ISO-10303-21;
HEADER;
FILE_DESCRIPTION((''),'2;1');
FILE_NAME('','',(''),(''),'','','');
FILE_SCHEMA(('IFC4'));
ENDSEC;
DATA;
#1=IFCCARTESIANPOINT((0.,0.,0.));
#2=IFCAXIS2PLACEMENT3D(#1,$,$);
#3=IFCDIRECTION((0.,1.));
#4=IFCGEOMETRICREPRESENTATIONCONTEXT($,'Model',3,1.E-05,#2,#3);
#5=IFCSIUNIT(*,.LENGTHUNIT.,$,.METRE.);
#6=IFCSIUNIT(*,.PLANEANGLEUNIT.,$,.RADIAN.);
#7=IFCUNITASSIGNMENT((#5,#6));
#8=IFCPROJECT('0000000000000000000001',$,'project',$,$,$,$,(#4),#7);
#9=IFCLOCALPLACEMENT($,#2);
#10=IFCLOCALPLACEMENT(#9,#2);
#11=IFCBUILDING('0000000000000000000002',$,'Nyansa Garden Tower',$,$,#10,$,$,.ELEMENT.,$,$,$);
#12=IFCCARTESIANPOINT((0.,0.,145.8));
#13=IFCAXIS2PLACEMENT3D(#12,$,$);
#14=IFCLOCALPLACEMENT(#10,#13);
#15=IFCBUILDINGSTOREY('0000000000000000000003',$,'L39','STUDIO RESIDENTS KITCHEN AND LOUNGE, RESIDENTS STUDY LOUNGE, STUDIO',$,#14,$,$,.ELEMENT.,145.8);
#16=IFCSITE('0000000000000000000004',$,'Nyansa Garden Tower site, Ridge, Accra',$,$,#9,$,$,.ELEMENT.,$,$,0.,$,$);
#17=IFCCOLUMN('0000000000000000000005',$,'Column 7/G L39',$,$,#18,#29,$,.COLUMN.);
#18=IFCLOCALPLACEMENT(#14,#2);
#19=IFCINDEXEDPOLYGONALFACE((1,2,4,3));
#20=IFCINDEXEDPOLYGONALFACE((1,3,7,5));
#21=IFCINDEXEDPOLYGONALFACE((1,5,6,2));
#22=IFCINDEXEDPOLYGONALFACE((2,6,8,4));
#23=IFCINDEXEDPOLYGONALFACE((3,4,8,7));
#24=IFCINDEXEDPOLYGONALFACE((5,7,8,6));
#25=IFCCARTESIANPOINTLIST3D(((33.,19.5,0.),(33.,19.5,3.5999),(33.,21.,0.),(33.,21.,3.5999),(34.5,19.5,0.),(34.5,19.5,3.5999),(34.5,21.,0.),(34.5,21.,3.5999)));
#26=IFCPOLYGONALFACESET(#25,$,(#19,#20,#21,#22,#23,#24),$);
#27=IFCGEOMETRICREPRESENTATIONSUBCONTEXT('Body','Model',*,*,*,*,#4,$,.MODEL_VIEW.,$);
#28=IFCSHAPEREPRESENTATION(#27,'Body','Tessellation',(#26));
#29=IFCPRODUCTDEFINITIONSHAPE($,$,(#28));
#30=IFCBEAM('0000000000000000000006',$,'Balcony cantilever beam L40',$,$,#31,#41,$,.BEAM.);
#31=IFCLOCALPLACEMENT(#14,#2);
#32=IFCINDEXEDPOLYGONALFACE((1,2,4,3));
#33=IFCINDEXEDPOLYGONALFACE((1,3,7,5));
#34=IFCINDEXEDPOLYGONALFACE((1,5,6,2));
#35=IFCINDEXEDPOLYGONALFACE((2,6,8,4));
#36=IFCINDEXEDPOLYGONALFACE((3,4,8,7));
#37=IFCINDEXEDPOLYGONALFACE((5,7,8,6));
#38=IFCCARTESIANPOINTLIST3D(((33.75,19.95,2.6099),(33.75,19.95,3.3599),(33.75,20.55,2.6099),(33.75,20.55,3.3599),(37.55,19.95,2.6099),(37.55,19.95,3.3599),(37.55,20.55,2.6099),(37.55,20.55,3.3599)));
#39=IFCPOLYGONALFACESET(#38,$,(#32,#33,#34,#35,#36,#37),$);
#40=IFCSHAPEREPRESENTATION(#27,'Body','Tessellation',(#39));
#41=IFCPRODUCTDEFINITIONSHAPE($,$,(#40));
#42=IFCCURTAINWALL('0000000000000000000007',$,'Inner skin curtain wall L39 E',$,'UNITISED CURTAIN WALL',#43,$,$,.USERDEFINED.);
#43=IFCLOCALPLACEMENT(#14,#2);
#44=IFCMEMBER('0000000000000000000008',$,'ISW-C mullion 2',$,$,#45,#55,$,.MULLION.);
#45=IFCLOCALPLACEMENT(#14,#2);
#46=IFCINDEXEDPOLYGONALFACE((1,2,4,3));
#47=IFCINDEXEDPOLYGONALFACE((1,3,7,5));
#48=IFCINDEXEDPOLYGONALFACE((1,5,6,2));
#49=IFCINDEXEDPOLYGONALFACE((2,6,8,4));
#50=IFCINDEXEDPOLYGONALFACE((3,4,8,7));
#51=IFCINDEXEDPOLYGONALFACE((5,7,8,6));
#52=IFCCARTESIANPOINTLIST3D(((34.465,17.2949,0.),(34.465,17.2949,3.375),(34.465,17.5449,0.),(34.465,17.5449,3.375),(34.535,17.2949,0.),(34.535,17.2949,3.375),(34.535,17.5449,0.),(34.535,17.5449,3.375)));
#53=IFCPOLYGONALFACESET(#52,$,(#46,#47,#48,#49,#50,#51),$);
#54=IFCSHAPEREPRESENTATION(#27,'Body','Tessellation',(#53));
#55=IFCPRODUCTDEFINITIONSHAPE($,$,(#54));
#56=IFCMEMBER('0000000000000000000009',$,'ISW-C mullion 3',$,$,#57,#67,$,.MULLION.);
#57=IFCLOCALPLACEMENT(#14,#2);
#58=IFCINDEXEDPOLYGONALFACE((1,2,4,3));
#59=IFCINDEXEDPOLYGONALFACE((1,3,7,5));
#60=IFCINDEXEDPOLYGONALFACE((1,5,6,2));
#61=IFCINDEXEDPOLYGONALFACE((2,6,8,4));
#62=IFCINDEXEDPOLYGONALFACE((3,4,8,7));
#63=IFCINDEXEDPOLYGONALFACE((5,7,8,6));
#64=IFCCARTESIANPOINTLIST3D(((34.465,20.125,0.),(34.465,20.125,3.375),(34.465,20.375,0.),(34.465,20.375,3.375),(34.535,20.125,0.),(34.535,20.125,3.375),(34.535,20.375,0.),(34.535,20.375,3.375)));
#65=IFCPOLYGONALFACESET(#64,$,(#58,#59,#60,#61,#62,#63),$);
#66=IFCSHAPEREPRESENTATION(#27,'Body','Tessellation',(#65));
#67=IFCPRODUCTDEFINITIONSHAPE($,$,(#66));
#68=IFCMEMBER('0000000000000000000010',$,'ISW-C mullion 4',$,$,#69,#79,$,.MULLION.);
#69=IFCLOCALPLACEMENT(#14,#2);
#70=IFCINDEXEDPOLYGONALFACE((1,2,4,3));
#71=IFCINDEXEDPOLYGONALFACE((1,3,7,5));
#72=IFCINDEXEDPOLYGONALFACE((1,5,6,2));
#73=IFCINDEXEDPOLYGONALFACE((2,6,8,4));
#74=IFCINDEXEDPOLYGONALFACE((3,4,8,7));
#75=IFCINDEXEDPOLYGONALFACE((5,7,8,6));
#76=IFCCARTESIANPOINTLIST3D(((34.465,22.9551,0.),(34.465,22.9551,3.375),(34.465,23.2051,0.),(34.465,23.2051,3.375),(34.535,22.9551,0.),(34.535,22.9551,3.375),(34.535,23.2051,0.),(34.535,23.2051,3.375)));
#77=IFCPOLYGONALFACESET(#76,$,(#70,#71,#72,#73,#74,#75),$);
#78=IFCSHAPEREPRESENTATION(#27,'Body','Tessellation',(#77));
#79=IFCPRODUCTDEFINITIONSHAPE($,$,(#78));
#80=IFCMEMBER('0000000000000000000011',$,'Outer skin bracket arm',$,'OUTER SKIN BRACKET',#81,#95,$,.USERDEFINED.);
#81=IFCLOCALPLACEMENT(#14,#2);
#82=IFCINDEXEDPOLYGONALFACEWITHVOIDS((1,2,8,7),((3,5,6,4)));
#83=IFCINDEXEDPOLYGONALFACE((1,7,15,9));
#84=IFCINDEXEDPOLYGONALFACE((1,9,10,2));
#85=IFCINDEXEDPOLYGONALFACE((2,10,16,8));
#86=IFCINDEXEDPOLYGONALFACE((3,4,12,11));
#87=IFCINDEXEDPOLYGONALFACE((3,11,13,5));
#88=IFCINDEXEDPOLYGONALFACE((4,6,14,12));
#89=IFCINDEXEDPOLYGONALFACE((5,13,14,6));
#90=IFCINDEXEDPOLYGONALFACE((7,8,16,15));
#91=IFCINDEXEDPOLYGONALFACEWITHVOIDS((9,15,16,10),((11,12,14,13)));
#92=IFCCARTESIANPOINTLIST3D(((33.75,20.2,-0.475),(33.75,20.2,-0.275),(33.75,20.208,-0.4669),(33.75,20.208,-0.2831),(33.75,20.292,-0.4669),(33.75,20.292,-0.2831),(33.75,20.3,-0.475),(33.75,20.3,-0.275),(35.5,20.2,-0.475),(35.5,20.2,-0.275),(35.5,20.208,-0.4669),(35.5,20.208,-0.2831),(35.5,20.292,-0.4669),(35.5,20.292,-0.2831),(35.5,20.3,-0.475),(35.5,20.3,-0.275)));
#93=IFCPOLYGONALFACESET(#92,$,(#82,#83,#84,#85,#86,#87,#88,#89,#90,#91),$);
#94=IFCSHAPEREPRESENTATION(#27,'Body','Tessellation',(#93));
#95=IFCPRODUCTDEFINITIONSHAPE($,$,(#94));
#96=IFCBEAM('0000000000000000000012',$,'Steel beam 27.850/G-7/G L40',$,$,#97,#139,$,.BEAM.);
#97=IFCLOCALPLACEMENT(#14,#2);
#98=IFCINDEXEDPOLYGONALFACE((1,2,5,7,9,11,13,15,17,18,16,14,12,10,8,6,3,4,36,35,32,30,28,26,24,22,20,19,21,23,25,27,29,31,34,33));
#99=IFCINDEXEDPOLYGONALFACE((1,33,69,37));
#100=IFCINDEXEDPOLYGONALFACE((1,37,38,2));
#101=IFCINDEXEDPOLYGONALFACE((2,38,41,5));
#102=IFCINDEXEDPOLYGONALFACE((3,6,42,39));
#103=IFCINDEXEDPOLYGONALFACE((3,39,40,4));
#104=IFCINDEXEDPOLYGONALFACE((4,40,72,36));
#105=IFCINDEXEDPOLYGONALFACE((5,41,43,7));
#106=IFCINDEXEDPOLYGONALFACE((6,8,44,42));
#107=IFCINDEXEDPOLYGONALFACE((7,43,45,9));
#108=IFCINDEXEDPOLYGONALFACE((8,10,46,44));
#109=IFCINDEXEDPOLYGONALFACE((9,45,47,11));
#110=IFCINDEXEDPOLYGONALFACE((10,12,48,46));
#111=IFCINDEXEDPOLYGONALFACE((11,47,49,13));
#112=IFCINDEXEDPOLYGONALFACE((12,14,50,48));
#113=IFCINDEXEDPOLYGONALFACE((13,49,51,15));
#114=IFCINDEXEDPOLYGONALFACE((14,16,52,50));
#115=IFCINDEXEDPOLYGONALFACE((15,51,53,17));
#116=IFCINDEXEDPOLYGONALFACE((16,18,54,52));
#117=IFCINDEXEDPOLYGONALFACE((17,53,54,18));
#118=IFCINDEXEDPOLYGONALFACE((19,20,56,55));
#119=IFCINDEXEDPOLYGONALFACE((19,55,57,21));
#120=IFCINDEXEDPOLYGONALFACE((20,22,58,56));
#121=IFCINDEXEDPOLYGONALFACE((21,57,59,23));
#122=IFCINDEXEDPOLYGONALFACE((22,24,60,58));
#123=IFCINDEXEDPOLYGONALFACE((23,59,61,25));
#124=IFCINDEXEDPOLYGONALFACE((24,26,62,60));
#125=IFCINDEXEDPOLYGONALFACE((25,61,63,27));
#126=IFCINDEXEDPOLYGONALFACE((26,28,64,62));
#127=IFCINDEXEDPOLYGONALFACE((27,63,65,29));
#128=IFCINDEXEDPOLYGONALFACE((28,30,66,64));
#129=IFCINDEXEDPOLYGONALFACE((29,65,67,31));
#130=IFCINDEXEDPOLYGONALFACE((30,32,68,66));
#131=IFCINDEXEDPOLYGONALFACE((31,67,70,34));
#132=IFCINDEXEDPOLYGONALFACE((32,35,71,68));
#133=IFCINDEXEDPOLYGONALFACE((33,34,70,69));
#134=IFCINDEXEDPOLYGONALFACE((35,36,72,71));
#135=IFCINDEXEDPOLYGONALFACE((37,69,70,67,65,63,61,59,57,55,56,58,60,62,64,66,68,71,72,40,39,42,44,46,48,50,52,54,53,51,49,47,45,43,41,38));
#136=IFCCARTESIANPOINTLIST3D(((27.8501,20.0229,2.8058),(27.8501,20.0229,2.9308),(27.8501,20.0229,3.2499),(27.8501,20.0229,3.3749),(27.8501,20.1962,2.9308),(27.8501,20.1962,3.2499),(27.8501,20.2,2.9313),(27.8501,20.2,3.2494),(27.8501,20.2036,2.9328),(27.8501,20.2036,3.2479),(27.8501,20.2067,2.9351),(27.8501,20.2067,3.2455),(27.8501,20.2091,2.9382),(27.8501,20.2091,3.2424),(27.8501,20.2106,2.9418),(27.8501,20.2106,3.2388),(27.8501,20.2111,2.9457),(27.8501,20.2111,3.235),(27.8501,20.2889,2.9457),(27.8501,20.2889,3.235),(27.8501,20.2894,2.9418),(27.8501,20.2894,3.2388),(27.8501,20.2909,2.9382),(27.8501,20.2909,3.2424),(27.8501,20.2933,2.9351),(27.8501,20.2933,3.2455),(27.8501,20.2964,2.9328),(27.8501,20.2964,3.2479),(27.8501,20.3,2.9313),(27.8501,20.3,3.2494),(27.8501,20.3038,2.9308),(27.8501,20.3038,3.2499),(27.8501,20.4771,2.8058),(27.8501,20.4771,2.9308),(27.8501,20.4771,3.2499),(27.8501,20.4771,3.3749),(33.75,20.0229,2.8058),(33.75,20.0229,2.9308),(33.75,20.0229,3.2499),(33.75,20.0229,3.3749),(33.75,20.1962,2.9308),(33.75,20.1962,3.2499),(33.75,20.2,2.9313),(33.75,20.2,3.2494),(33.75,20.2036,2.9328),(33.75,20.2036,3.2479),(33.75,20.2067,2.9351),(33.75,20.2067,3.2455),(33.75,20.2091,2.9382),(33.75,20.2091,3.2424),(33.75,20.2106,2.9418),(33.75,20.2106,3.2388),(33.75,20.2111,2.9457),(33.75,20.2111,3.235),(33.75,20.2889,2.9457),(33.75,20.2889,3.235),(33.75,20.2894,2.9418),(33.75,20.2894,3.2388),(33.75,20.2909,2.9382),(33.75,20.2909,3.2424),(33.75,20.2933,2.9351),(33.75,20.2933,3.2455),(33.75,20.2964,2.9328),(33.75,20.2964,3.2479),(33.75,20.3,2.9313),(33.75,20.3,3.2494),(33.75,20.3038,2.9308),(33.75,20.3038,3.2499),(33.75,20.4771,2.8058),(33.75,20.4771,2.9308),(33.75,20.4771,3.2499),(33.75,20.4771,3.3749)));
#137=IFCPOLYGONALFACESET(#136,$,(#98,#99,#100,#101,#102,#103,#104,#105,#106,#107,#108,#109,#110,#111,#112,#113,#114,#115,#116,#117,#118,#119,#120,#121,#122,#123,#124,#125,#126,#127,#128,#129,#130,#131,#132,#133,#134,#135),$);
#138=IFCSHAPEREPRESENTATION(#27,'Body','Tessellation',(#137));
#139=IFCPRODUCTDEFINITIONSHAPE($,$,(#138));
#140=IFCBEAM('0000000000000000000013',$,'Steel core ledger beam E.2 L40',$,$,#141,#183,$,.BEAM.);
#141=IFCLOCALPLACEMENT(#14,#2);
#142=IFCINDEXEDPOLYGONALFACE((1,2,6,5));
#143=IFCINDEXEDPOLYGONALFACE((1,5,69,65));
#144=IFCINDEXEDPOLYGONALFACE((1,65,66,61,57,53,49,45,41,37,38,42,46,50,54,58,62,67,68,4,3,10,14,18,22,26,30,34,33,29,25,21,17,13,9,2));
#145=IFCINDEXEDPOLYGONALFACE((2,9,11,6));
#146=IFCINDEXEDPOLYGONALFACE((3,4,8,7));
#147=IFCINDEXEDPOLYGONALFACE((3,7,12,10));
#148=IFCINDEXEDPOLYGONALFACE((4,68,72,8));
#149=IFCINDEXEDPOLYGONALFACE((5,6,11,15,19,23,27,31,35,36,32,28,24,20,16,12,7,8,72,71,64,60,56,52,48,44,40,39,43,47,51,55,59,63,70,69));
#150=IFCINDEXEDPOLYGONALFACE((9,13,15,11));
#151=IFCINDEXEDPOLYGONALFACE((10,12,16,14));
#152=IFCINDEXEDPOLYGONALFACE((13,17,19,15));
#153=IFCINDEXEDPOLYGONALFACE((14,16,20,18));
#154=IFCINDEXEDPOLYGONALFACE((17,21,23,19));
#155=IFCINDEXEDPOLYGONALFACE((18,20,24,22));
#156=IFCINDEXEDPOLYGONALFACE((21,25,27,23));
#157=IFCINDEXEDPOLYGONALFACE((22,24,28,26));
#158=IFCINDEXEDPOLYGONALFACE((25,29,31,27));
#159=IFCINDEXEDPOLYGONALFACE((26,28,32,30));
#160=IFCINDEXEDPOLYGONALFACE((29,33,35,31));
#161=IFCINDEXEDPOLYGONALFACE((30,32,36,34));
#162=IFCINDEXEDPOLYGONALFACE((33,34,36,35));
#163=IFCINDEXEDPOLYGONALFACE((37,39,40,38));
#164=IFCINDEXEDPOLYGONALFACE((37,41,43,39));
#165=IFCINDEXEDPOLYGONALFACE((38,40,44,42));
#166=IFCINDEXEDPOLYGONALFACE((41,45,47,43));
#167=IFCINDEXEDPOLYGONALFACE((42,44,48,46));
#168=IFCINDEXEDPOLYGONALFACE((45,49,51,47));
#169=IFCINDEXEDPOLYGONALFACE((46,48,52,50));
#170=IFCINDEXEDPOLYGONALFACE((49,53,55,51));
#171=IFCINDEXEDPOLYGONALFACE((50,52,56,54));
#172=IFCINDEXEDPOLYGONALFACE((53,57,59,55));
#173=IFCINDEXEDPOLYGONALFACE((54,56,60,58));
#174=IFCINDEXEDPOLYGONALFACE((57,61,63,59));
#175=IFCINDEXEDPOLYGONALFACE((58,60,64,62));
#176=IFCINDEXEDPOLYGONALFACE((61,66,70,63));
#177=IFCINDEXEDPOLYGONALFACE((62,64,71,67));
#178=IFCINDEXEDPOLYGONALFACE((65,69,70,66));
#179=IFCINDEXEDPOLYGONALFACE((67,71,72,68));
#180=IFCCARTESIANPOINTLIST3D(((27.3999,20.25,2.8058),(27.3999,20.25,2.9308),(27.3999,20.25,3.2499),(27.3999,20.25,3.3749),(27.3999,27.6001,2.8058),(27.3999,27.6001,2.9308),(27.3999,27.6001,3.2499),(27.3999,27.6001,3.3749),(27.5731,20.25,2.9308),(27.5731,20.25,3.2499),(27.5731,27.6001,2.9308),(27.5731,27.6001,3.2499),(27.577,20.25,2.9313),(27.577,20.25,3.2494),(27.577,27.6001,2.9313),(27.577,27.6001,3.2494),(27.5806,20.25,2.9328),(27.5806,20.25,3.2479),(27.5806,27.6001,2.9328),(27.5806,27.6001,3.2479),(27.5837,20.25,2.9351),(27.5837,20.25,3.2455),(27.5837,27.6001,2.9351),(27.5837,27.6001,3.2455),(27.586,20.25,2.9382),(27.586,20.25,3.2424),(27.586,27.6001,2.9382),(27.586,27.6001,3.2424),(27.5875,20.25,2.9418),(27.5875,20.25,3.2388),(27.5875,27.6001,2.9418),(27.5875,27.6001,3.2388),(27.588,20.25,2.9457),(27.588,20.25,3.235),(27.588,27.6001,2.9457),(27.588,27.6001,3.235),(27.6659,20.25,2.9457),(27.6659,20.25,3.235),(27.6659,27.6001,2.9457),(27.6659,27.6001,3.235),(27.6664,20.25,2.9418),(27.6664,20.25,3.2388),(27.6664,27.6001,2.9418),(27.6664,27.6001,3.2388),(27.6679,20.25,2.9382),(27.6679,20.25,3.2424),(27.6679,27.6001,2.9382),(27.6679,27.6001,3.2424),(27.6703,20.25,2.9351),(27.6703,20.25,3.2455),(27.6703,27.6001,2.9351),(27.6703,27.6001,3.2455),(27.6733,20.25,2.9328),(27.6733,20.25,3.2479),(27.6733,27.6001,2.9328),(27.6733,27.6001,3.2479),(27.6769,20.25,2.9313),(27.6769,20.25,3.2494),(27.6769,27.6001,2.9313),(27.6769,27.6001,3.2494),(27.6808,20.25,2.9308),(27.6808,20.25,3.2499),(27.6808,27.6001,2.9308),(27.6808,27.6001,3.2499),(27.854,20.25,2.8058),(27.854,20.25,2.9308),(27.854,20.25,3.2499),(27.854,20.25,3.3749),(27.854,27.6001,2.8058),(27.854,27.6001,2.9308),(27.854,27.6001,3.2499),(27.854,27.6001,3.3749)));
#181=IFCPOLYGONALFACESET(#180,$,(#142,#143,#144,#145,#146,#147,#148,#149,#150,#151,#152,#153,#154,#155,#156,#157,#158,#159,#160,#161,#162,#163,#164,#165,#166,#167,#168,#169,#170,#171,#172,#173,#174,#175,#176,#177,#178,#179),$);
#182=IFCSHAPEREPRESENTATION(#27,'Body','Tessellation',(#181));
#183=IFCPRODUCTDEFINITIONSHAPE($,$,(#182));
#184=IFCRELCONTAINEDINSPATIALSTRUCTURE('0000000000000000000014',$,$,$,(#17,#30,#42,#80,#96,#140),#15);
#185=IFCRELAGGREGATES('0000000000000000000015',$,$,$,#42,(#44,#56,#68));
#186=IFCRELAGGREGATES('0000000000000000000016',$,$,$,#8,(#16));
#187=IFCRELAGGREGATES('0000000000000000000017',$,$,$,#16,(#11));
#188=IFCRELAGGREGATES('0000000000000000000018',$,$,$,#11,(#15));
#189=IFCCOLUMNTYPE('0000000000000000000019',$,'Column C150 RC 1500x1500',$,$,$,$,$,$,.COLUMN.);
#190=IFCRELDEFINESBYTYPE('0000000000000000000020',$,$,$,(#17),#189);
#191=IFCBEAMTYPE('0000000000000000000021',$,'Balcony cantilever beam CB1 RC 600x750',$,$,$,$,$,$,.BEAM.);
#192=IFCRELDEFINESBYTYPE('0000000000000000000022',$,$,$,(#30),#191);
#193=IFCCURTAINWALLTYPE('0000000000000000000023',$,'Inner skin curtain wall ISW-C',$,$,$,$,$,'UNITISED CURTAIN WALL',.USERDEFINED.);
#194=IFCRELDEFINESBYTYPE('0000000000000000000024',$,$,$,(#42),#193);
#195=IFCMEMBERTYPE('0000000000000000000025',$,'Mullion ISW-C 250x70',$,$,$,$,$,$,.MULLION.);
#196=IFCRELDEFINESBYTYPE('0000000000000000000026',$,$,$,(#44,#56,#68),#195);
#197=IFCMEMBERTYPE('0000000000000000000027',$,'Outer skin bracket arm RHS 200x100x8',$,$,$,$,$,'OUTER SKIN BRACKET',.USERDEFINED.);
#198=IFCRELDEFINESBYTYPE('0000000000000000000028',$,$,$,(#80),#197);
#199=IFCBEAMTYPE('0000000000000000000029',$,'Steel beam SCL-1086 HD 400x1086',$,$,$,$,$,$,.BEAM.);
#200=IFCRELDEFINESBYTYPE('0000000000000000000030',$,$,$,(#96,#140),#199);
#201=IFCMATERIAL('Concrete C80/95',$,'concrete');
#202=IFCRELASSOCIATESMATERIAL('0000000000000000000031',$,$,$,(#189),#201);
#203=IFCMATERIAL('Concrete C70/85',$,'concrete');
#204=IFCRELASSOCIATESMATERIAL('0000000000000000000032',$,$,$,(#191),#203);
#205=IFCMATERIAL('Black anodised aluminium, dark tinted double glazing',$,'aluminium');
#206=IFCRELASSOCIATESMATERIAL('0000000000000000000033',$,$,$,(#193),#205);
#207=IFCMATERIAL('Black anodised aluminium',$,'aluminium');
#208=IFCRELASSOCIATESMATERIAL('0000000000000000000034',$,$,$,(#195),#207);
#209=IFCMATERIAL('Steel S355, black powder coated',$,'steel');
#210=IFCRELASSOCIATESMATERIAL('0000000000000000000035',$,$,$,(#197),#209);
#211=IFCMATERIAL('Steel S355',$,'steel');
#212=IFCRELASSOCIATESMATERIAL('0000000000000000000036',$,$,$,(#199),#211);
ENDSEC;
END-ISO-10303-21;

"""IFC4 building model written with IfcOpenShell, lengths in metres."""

from ifc_helpers import new_model, si_unit, direction, frame, origin, origin_2d, place, context, subcontext, project, spatial, rectangle, hollow_rectangle, i_section, extrude, material, material_profile, profile_set, type_object, element, aggregate, save


model = new_model("IFC4")

# Units and contexts
model_context = context("Model", 3, precision=1e-05, world=origin(), true_north=direction((0.0, 1.0)))
body_context = subcontext(model_context, "Body", "Model", "MODEL_VIEW")
ifc_project = project(units=[si_unit("LENGTHUNIT", "METRE"), si_unit("PLANEANGLEUNIT", "RADIAN")], contexts=[model_context])

# Site, building, storey
site_placement = place(None, origin())
site = spatial("IfcSite", under=ifc_project, at=site_placement, Name="Nyansa Garden Tower site, Ridge, Accra", CompositionType="ELEMENT", RefElevation=0.0)
building_placement = place(site_placement, origin())
building = spatial("IfcBuilding", under=site, at=building_placement, Name="Nyansa Garden Tower", CompositionType="ELEMENT")
storey_placement = place(building_placement, frame((0.0, 0.0, 145.8)))
storey = spatial("IfcBuildingStorey", under=building, at=storey_placement, Name="L39", Description="STUDIO RESIDENTS KITCHEN AND LOUNGE, RESIDENTS STUDY LOUNGE, STUDIO", CompositionType="ELEMENT", Elevation=145.8)

# Column
ifc_material_1 = material(Name="Concrete C80/95", Category="concrete")
ifc_material_profile_1 = material_profile(ifc_material_1, rectangle(XDim=1.5, YDim=1.5, at=origin_2d()), Name="RC 1500x1500")
ifc_profile_set_1 = profile_set([ifc_material_profile_1], Name="Concrete C80/95")
column_type = type_object("IfcColumnType", Name="Column C150 RC 1500x1500", PredefinedType="COLUMN", material=ifc_profile_set_1)
column_placement = place(storey_placement, frame((33.75, 20.25, 0.0), z_axis=(0.0, 0.0, 1.0), x_axis=(1.0, 0.0, 0.0)))
element("IfcColumn", 1, at=column_placement, inside=storey, type_object=column_type, Name="Column 7/G L39", PredefinedType="COLUMN", context=body_context, shape_type="SweptSolid", body=[
    extrude(rectangle(XDim=1.5, YDim=1.5, at=origin_2d()), origin(), (0.0, 0.0, 1.0), 3.5999),
])

# Beam
ifc_material_2 = material(Name="Concrete C70/85", Category="concrete")
ifc_material_profile_2 = material_profile(ifc_material_2, rectangle(XDim=0.6001, YDim=0.75, at=origin_2d()), Name="RC 600x750")
ifc_profile_set_2 = profile_set([ifc_material_profile_2], Name="Concrete C70/85")
beam_type_1 = type_object("IfcBeamType", Name="Balcony cantilever beam CB1 RC 600x750", PredefinedType="BEAM", material=ifc_profile_set_2)
beam_1_placement = place(storey_placement, frame((33.75, 20.25, 2.9849), z_axis=(1.0, 0.0, 0.0), x_axis=(0.0, 1.0, 0.0)))
element("IfcBeam", 2, at=beam_1_placement, inside=storey, type_object=beam_type_1, Name="Balcony cantilever beam L40", PredefinedType="BEAM", context=body_context, shape_type="SweptSolid", body=[
    extrude(rectangle(XDim=0.6001, YDim=0.75, at=origin_2d()), origin(), (0.0, 0.0, 1.0), 3.8),
])

# Curtain wall, members
ifc_material_3 = material(Name="Black anodised aluminium, dark tinted double glazing", Category="aluminium")
curtain_wall_type = type_object("IfcCurtainWallType", Name="Inner skin curtain wall ISW-C", ElementType="UNITISED CURTAIN WALL", PredefinedType="USERDEFINED", material=ifc_material_3)
curtain_wall_placement = place(storey_placement, origin())
curtain_wall = element("IfcCurtainWall", 3, at=curtain_wall_placement, inside=storey, type_object=curtain_wall_type, Name="Inner skin curtain wall L39 E", ObjectType="UNITISED CURTAIN WALL", PredefinedType="USERDEFINED")
ifc_material_4 = material(Name="Black anodised aluminium", Category="aluminium")
ifc_material_profile_3 = material_profile(ifc_material_4, rectangle(XDim=0.0701, YDim=0.25, at=origin_2d()), Name="Mullion 250x70")
ifc_profile_set_3 = profile_set([ifc_material_profile_3], Name="Black anodised aluminium")
member_type_1 = type_object("IfcMemberType", Name="Mullion ISW-C 250x70", PredefinedType="MULLION", material=ifc_profile_set_3)
member_1_placement = place(storey_placement, frame((34.5, 17.4199, 0.0), z_axis=(0.0, 0.0, 1.0), x_axis=(-1.0, 0.0, 0.0)))
member_1 = element("IfcMember", 4, at=member_1_placement, type_object=member_type_1, Name="ISW-C mullion 2", PredefinedType="MULLION", context=body_context, shape_type="SweptSolid", body=[
    extrude(rectangle(XDim=0.0701, YDim=0.25, at=origin_2d()), origin(), (0.0, 0.0, 1.0), 3.375),
])
member_2_placement = place(storey_placement, frame((34.5, 20.25, 0.0), z_axis=(0.0, 0.0, 1.0), x_axis=(-1.0, 0.0, 0.0)))
member_2 = element("IfcMember", 5, at=member_2_placement, type_object=member_type_1, Name="ISW-C mullion 3", PredefinedType="MULLION", context=body_context, shape_type="SweptSolid", body=[
    extrude(rectangle(XDim=0.0701, YDim=0.25, at=origin_2d()), origin(), (0.0, 0.0, 1.0), 3.375),
])
member_3_placement = place(storey_placement, frame((34.5, 23.0801, 0.0), z_axis=(0.0, 0.0, 1.0), x_axis=(-1.0, 0.0, 0.0)))
member_3 = element("IfcMember", 6, at=member_3_placement, type_object=member_type_1, Name="ISW-C mullion 4", PredefinedType="MULLION", context=body_context, shape_type="SweptSolid", body=[
    extrude(rectangle(XDim=0.0701, YDim=0.25, at=origin_2d()), origin(), (0.0, 0.0, 1.0), 3.375),
])

# Member
ifc_material_5 = material(Name="Steel S355, black powder coated", Category="steel")
ifc_material_profile_4 = material_profile(ifc_material_5, hollow_rectangle(XDim=0.1001, YDim=0.2, WallThickness=0.0081, at=origin_2d()), Name="RHS 200x100x8")
ifc_profile_set_4 = profile_set([ifc_material_profile_4], Name="Steel S355, black powder coated")
member_type_2 = type_object("IfcMemberType", Name="Outer skin bracket arm RHS 200x100x8", ElementType="OUTER SKIN BRACKET", PredefinedType="USERDEFINED", material=ifc_profile_set_4)
member_4_placement = place(storey_placement, frame((33.75, 20.25, -0.375), z_axis=(1.0, 0.0, 0.0), x_axis=(0.0, 1.0, 0.0)))
element("IfcMember", 7, at=member_4_placement, inside=storey, type_object=member_type_2, Name="Outer skin bracket arm", ObjectType="OUTER SKIN BRACKET", PredefinedType="USERDEFINED", context=body_context, shape_type="SweptSolid", body=[
    extrude(hollow_rectangle(XDim=0.1001, YDim=0.2, WallThickness=0.0081, at=origin_2d()), origin(), (0.0, 0.0, 1.0), 1.75),
])

# Beams
ifc_material_6 = material(Name="Steel S355", Category="steel")
ifc_material_profile_5 = material_profile(ifc_material_6, i_section(OverallWidth=0.4541, OverallDepth=0.5691, WebThickness=0.0779, FlangeThickness=0.125, FilletRadius=0.0149, at=origin_2d()), Name="HD 400x1086")
ifc_profile_set_5 = profile_set([ifc_material_profile_5], Name="Steel S355")
beam_type_2 = type_object("IfcBeamType", Name="Steel beam SCL-1086 HD 400x1086", PredefinedType="BEAM", material=ifc_profile_set_5)
beam_2_placement = place(storey_placement, frame((27.8501, 20.25, 3.0903), z_axis=(1.0, 0.0, 0.0), x_axis=(0.0, 1.0, 0.0)))
element("IfcBeam", 8, at=beam_2_placement, inside=storey, type_object=beam_type_2, Name="Steel beam 27.850/G-7/G L40", PredefinedType="BEAM", context=body_context, shape_type="SweptSolid", body=[
    extrude(i_section(OverallWidth=0.4541, OverallDepth=0.5691, WebThickness=0.0779, FlangeThickness=0.125, FilletRadius=0.0149, at=origin_2d()), origin(), (0.0, 0.0, 1.0), 5.8999),
])
beam_3_placement = place(storey_placement, frame((27.627, 20.25, 3.0903), z_axis=(0.0, 1.0, 0.0), x_axis=(-1.0, 0.0, 0.0)))
element("IfcBeam", 9, at=beam_3_placement, inside=storey, type_object=beam_type_2, Name="Steel core ledger beam E.2 L40", PredefinedType="BEAM", context=body_context, shape_type="SweptSolid", body=[
    extrude(i_section(OverallWidth=0.4541, OverallDepth=0.5691, WebThickness=0.0779, FlangeThickness=0.125, FilletRadius=0.0149, at=origin_2d()), origin(), (0.0, 0.0, 1.0), 7.3501),
])

aggregate(curtain_wall, [member_1, member_2, member_3])

save(model, "model.ifc")
